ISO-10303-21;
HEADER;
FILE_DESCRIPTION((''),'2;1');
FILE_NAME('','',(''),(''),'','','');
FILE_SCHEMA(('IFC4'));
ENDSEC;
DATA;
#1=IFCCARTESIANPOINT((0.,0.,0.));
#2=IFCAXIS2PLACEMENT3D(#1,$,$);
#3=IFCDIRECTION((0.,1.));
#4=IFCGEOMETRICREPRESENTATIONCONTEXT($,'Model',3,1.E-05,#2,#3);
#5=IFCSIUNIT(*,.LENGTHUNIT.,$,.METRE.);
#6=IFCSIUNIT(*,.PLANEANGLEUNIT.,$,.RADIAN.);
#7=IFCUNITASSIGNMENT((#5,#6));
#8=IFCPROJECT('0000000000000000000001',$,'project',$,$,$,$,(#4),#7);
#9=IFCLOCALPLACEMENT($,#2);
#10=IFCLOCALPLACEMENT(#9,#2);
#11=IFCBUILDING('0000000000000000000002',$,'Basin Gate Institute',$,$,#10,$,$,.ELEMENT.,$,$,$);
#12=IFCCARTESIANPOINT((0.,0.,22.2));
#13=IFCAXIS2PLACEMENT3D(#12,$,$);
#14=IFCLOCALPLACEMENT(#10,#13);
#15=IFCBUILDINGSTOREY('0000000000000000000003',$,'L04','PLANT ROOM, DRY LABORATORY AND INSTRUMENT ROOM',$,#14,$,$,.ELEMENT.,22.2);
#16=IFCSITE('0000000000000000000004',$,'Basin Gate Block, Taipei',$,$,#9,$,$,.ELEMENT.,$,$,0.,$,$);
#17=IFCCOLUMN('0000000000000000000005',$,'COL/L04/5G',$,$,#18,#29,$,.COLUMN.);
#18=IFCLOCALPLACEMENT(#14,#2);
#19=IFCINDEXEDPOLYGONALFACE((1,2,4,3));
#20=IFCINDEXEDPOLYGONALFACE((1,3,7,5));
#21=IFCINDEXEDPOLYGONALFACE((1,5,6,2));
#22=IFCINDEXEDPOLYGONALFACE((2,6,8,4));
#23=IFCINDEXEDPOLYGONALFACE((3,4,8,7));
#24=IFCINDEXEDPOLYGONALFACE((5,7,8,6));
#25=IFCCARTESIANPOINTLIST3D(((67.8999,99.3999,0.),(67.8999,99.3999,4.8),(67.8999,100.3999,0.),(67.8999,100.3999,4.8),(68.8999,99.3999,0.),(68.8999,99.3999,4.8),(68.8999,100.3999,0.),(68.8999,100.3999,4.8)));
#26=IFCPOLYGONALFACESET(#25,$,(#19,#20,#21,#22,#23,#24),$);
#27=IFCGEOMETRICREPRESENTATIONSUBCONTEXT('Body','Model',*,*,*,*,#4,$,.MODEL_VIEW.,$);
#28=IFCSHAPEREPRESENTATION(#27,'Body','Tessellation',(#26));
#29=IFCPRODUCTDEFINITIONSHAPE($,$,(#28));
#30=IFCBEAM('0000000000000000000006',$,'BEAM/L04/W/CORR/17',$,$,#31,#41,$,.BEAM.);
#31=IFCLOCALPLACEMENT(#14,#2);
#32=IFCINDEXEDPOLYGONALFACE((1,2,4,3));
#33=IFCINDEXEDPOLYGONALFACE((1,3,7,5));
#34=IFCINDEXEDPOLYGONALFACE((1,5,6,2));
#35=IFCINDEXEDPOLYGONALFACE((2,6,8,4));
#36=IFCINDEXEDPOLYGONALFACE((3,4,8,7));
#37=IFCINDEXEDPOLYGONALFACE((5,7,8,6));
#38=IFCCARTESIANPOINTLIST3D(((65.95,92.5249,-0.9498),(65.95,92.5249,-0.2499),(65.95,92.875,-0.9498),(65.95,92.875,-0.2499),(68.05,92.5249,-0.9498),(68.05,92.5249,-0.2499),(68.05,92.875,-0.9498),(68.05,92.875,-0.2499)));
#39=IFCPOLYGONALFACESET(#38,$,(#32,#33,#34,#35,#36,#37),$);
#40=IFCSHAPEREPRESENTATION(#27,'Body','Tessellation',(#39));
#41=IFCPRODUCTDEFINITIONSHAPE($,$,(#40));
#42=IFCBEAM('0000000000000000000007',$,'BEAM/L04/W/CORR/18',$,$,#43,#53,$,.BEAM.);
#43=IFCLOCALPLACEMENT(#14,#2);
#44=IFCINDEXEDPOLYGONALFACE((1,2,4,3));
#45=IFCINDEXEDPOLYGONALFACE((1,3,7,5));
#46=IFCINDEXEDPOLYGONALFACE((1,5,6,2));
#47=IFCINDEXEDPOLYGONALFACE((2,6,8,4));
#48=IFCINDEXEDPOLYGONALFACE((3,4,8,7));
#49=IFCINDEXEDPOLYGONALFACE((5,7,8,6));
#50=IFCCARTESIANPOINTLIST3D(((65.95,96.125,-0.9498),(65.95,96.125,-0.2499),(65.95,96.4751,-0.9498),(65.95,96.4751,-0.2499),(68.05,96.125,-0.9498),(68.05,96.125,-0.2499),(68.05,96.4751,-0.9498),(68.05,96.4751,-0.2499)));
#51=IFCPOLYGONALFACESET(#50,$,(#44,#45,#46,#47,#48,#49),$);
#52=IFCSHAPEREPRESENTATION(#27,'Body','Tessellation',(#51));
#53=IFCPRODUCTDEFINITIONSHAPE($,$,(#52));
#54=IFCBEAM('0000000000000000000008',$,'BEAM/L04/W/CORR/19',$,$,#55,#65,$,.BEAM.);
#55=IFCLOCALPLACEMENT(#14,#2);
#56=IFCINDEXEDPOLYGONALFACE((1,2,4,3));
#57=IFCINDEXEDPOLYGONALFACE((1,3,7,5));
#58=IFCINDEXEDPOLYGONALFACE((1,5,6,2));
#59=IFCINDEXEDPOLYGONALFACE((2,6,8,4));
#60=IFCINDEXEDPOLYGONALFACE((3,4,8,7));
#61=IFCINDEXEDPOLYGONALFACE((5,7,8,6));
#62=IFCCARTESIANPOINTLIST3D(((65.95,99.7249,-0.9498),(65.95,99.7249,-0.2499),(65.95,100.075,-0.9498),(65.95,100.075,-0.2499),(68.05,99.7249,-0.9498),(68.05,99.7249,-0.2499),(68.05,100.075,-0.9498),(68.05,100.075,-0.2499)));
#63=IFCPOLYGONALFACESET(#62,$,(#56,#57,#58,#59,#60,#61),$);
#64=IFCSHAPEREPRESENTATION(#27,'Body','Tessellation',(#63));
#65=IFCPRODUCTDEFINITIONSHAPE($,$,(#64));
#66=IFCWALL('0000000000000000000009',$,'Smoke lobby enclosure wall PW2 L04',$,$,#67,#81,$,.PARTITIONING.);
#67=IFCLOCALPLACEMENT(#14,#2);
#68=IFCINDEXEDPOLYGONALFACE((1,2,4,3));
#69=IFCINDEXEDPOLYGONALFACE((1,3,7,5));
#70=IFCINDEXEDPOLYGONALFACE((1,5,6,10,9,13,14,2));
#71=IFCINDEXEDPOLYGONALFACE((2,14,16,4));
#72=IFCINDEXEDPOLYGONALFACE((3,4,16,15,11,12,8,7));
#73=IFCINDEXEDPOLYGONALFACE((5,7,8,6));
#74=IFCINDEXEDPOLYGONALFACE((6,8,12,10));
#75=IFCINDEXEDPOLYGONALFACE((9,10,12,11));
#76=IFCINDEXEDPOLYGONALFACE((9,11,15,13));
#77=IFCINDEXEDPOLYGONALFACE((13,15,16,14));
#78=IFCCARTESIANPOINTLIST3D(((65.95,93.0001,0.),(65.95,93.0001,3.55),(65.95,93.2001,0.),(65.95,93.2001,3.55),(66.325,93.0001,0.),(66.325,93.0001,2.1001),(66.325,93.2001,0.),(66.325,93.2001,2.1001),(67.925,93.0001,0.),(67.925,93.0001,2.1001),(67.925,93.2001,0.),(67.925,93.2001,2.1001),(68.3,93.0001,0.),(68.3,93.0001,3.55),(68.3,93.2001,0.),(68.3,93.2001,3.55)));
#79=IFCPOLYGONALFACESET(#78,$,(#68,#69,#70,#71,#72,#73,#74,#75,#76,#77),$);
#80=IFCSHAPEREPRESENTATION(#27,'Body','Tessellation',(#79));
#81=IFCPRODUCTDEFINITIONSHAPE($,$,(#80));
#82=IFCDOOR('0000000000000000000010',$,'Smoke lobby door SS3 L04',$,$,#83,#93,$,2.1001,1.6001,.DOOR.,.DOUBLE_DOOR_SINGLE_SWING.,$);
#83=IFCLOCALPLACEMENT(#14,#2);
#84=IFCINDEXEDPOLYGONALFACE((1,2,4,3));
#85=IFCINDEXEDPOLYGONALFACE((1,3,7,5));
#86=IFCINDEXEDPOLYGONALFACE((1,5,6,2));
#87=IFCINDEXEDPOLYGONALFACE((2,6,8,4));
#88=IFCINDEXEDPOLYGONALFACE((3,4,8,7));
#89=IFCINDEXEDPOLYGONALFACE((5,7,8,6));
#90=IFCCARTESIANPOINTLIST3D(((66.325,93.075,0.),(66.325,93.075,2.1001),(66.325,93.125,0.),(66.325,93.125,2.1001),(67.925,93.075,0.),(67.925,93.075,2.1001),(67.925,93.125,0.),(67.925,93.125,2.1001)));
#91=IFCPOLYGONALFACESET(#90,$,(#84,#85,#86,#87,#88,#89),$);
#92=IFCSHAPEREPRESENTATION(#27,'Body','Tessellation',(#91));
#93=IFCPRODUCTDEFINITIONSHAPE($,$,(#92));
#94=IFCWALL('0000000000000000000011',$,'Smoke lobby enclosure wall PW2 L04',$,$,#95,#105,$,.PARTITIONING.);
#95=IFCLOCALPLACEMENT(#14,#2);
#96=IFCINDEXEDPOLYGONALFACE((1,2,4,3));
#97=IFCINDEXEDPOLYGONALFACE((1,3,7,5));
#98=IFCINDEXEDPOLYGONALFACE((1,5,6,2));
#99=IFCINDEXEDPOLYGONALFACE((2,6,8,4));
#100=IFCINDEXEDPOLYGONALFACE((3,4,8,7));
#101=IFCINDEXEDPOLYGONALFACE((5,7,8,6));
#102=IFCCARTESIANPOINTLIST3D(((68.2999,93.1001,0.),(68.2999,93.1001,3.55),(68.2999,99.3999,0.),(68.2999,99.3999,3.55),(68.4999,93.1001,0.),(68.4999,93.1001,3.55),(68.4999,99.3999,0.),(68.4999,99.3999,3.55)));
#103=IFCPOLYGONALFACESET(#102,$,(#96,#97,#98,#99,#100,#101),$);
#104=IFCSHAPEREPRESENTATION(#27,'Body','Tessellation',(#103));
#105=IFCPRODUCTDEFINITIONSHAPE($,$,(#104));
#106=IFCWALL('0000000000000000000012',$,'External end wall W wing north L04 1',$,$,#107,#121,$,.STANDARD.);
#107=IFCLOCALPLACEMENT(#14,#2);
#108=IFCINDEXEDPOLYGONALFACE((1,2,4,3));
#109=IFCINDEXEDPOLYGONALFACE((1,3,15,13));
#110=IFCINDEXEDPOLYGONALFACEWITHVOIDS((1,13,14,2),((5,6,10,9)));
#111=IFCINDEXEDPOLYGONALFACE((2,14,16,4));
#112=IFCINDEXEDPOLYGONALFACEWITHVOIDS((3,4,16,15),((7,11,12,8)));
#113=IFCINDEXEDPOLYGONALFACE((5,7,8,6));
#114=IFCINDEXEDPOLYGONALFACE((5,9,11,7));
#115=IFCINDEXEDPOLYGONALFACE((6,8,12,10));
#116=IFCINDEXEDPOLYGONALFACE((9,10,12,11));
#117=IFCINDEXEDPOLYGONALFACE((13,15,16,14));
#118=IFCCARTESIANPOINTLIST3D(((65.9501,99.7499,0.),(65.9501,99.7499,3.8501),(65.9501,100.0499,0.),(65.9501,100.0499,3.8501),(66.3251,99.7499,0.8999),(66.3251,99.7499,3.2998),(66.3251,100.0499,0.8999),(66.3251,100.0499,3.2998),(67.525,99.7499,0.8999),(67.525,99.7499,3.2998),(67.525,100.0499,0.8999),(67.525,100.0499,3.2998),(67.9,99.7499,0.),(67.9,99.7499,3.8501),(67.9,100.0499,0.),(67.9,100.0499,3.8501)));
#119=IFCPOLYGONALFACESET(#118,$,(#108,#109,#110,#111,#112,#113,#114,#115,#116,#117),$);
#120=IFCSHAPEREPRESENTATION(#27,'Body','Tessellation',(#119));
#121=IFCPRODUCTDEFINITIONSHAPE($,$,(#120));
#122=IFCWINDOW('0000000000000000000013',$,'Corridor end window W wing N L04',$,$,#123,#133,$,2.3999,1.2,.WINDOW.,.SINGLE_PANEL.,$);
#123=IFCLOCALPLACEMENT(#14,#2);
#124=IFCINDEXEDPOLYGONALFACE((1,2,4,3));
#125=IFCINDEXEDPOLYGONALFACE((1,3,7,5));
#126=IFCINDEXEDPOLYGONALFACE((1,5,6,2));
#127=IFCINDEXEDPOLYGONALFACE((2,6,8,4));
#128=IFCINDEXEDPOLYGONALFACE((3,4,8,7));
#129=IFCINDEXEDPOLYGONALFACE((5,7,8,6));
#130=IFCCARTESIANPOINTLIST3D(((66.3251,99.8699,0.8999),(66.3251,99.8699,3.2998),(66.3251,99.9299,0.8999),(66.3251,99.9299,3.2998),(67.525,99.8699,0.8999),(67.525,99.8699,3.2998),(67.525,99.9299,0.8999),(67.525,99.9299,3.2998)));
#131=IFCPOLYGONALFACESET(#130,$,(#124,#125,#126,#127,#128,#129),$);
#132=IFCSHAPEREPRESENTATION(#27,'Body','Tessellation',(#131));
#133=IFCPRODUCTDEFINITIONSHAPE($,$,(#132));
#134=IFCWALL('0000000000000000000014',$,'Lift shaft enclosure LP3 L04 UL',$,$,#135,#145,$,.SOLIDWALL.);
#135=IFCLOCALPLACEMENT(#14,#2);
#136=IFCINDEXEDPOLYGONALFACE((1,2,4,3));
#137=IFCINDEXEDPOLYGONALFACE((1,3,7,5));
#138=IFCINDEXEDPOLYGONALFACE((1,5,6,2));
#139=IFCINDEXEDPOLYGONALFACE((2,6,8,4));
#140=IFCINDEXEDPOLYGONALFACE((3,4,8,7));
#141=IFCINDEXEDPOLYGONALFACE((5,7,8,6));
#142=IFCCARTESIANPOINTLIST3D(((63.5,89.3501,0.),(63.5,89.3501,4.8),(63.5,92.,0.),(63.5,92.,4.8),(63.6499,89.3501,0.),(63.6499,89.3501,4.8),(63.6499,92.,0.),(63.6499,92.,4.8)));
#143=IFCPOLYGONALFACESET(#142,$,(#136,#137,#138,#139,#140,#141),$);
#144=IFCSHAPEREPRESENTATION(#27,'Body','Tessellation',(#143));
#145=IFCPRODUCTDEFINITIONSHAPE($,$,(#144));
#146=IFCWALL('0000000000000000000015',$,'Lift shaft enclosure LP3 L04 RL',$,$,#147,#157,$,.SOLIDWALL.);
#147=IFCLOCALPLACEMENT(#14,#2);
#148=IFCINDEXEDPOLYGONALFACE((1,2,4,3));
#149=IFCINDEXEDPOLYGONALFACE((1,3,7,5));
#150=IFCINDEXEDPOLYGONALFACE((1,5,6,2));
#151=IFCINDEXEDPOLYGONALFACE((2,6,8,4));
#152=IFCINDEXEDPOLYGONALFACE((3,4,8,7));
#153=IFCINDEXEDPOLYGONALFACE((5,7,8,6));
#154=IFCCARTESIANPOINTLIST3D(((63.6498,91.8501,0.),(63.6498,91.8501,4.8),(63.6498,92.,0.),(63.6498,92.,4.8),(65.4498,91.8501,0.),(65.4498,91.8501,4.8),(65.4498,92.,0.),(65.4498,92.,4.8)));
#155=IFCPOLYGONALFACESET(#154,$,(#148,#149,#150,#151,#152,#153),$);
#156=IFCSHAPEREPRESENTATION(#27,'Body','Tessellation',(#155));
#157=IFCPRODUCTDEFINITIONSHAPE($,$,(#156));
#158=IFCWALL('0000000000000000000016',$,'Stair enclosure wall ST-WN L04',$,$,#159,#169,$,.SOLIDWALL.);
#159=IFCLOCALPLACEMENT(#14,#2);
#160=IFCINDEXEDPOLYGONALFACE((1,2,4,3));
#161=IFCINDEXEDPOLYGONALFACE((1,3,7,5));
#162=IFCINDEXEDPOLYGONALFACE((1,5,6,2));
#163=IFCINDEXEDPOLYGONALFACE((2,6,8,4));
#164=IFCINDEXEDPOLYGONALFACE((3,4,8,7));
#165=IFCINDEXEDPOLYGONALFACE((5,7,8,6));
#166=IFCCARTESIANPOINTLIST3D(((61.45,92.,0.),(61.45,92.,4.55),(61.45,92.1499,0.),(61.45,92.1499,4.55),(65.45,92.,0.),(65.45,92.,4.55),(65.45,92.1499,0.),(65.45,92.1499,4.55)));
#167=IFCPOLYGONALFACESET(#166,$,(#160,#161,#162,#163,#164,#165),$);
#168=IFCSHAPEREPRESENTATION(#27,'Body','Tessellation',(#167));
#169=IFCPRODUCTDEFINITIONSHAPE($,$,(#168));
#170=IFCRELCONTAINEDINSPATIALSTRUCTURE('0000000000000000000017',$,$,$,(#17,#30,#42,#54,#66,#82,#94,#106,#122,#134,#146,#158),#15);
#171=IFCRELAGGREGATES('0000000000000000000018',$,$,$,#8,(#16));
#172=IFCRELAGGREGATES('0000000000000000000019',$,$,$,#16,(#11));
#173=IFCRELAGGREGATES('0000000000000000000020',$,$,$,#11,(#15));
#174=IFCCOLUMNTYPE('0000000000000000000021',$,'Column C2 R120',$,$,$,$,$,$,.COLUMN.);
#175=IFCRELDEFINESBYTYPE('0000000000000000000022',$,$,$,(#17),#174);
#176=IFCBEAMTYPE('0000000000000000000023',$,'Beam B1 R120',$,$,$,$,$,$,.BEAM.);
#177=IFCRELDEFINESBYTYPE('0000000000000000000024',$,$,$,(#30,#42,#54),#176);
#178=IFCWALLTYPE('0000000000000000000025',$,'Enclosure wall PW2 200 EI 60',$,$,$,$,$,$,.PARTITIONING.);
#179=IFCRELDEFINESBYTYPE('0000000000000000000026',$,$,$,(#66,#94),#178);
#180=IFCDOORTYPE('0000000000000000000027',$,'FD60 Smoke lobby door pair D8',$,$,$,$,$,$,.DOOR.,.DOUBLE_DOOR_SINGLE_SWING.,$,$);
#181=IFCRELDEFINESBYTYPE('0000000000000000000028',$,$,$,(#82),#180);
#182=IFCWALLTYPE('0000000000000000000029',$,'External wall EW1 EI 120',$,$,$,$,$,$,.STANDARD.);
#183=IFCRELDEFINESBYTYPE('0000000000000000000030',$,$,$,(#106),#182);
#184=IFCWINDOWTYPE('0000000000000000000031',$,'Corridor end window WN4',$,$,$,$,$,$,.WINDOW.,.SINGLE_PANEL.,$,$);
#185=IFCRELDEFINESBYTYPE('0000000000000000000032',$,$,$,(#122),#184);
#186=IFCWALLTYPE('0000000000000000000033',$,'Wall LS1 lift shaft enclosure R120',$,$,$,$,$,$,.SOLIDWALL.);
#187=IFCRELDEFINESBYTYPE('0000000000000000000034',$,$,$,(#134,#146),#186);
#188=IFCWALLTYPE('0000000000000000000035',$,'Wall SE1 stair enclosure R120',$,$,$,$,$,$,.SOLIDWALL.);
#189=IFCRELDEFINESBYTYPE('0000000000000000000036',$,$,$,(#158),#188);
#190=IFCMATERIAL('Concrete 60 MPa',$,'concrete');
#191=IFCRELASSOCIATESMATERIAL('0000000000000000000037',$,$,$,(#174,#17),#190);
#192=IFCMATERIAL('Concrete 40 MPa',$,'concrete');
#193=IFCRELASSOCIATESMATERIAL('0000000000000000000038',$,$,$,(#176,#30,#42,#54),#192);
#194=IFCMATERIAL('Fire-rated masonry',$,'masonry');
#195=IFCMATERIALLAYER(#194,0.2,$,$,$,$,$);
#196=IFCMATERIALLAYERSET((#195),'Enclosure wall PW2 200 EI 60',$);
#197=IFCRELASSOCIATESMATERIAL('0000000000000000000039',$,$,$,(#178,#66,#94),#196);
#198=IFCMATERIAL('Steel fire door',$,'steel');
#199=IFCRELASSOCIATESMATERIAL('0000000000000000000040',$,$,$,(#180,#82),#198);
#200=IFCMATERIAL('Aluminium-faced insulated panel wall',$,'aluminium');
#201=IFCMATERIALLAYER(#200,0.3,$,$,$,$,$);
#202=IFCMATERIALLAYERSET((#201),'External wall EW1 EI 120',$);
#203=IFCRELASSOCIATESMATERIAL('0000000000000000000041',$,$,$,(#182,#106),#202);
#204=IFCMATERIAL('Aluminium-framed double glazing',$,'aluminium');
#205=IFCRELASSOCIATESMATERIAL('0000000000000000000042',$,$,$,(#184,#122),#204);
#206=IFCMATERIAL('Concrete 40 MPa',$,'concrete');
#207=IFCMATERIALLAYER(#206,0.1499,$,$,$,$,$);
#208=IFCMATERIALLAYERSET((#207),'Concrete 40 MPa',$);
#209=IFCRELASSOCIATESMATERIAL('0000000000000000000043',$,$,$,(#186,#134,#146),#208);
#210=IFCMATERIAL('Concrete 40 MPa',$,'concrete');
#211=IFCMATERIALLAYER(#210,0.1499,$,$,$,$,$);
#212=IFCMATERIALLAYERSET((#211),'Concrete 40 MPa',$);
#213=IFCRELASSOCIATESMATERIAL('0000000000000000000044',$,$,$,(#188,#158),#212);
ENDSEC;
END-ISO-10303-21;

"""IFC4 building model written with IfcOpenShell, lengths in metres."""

from ifc_helpers import new_model, si_unit, direction, frame, frame_2d, origin, origin_2d, place, context, subcontext, project, spatial, rectangle, extrude, material, layer, layer_set, material_profile, profile_set, type_object, element, fill, save


model = new_model("IFC4")

# Units and contexts
model_context = context("Model", 3, precision=1e-05, world=origin(), true_north=direction((0.0, 1.0)))
body_context = subcontext(model_context, "Body", "Model", "MODEL_VIEW")
ifc_project = project(units=[si_unit("LENGTHUNIT", "METRE"), si_unit("PLANEANGLEUNIT", "RADIAN")], contexts=[model_context])

# Site, building, storey
site_placement = place(None, origin())
site = spatial("IfcSite", under=ifc_project, at=site_placement, Name="Basin Gate Block, Taipei", CompositionType="ELEMENT", RefElevation=0.0)
building_placement = place(site_placement, origin())
building = spatial("IfcBuilding", under=site, at=building_placement, Name="Basin Gate Institute", CompositionType="ELEMENT")
storey_placement = place(building_placement, frame((0.0, 0.0, 22.2)))
storey = spatial("IfcBuildingStorey", under=building, at=storey_placement, Name="L04", Description="PLANT ROOM, DRY LABORATORY AND INSTRUMENT ROOM", CompositionType="ELEMENT", Elevation=22.2)

# Column
ifc_material_1 = material(Name="Concrete 60 MPa", Category="concrete")
ifc_material_profile_1 = material_profile(ifc_material_1, rectangle(XDim=1.0, YDim=1.0, at=origin_2d()), Name="Column C2 1000 x 1000")
ifc_profile_set_1 = profile_set([ifc_material_profile_1], Name="Concrete 60 MPa")
column_type = type_object("IfcColumnType", Name="Column C2 R120", PredefinedType="COLUMN", material=ifc_profile_set_1)
column_placement = place(storey_placement, frame((68.3999, 99.8999, 0.0), z_axis=(0.0, 0.0, 1.0), x_axis=(1.0, 0.0, 0.0)))
element("IfcColumn", 1, at=column_placement, inside=storey, type_object=column_type, material=ifc_profile_set_1, Name="COL/L04/5G", PredefinedType="COLUMN", context=body_context, shape_type="SweptSolid", body=[
    extrude(rectangle(XDim=1.0, YDim=1.0, at=origin_2d()), origin(), (0.0, 0.0, 1.0), 4.8),
])

# Beams
ifc_material_2 = material(Name="Concrete 40 MPa", Category="concrete")
ifc_material_profile_2 = material_profile(ifc_material_2, rectangle(XDim=0.3501, YDim=0.7, at=origin_2d()), Name="Beam B1 350 x 700")
ifc_profile_set_2 = profile_set([ifc_material_profile_2], Name="Concrete 40 MPa")
beam_type = type_object("IfcBeamType", Name="Beam B1 R120", PredefinedType="BEAM", material=ifc_profile_set_2)
for number, where, z_axis, x_axis, name in (
    (2, (65.95, 92.7, -0.5999), (1.0, 0.0, 0.0), (0.0, 1.0, 0.0), "BEAM/L04/W/CORR/17"),
    (3, (65.95, 96.3, -0.5999), (1.0, 0.0, 0.0), (0.0, 1.0, 0.0), "BEAM/L04/W/CORR/18"),
    (4, (65.95, 99.8999, -0.5999), (1.0, 0.0, 0.0), (0.0, 1.0, 0.0), "BEAM/L04/W/CORR/19"),
):
    element("IfcBeam", number, at=place(storey_placement, frame(where, z_axis=z_axis, x_axis=x_axis)), inside=storey, type_object=beam_type, material=ifc_profile_set_2, Name=name, PredefinedType="BEAM", context=body_context, shape_type="SweptSolid", body=[
        extrude(rectangle(XDim=0.3501, YDim=0.7, at=origin_2d()), origin(), (0.0, 0.0, 1.0), 2.1001),
    ])

# Wall, opening, door
ifc_material_3 = material(Name="Fire-rated masonry", Category="masonry")
ifc_layer_1 = layer(ifc_material_3, 0.2)
ifc_layer_set_1 = layer_set([ifc_layer_1], Name="Enclosure wall PW2 200 EI 60")
wall_type_1 = type_object("IfcWallType", Name="Enclosure wall PW2 200 EI 60", PredefinedType="PARTITIONING", material=ifc_layer_set_1)
wall_1_placement = place(storey_placement, frame((65.95, 93.1001, 0.0), z_axis=(0.0, 0.0, 1.0), x_axis=(1.0, 0.0, 0.0)))
wall_1 = element("IfcWall", 5, at=wall_1_placement, inside=storey, type_object=wall_type_1, material=ifc_layer_set_1, Name="Smoke lobby enclosure wall PW2 L04", PredefinedType="PARTITIONING", context=body_context, shape_type="SweptSolid", body=[
    extrude(rectangle(XDim=2.3501, YDim=0.2, at=frame_2d((1.175, 0.0))), origin(), (0.0, 0.0, 1.0), 3.55),
])
opening_1_placement = place(wall_1_placement, frame((0.375, 0.0, 0.0)))
opening_1 = element("IfcOpeningElement", 6, at=opening_1_placement, cuts=wall_1, PredefinedType="OPENING", context=body_context, shape_type="SweptSolid", body=[
    extrude(rectangle(XDim=1.6001, YDim=2.1001, at=frame_2d((0.8, 1.05))), frame((0.0, 0.1099, 0.0), z_axis=(0.0, -1.0, 0.0), x_axis=(1.0, 0.0, 0.0)), (0.0, 0.0, 1.0), 0.22),
])
ifc_material_4 = material(Name="Steel fire door", Category="steel")
door_type = type_object("IfcDoorType", Name="FD60 Smoke lobby door pair D8", OperationType="DOUBLE_DOOR_SINGLE_SWING", PredefinedType="DOOR", material=ifc_material_4)
door_placement = place(opening_1_placement, origin())
door = element("IfcDoor", 7, at=door_placement, inside=storey, type_object=door_type, material=ifc_material_4, Name="Smoke lobby door SS3 L04", OperationType="DOUBLE_DOOR_SINGLE_SWING", OverallHeight=2.1001, OverallWidth=1.6001, PredefinedType="DOOR", context=body_context, shape_type="SweptSolid", body=[
    extrude(rectangle(XDim=1.6001, YDim=2.1001, at=frame_2d((0.8, 1.05))), frame((0.0, 0.0249, 0.0), z_axis=(0.0, -1.0, 0.0), x_axis=(1.0, 0.0, 0.0)), (0.0, 0.0, 1.0), 0.05),
])
fill(opening_1, door)

# Wall
wall_2_placement = place(storey_placement, frame((68.3999, 93.1001, 0.0), z_axis=(0.0, 0.0, 1.0), x_axis=(0.0, 1.0, 0.0)))
element("IfcWall", 8, at=wall_2_placement, inside=storey, type_object=wall_type_1, material=ifc_layer_set_1, Name="Smoke lobby enclosure wall PW2 L04", PredefinedType="PARTITIONING", context=body_context, shape_type="SweptSolid", body=[
    extrude(rectangle(XDim=6.2998, YDim=0.2, at=frame_2d((3.1499, 0.0))), origin(), (0.0, 0.0, 1.0), 3.55),
])

# Wall, opening, window
ifc_material_5 = material(Name="Aluminium-faced insulated panel wall", Category="aluminium")
ifc_layer_2 = layer(ifc_material_5, 0.3)
ifc_layer_set_2 = layer_set([ifc_layer_2], Name="External wall EW1 EI 120")
wall_type_2 = type_object("IfcWallType", Name="External wall EW1 EI 120", PredefinedType="STANDARD", material=ifc_layer_set_2)
wall_3_placement = place(storey_placement, frame((65.95, 99.8999, 0.0), z_axis=(0.0, 0.0, 1.0), x_axis=(1.0, 0.0, 0.0)))
wall_3 = element("IfcWall", 9, at=wall_3_placement, inside=storey, type_object=wall_type_2, material=ifc_layer_set_2, Name="External end wall W wing north L04 1", PredefinedType="STANDARD", context=body_context, shape_type="SweptSolid", body=[
    extrude(rectangle(XDim=1.95, YDim=0.3, at=frame_2d((0.9751, 0.0))), origin(), (0.0, 0.0, 1.0), 3.8501),
])
opening_2_placement = place(wall_3_placement, frame((0.375, 0.0, 0.8999)))
opening_2 = element("IfcOpeningElement", 10, at=opening_2_placement, cuts=wall_3, PredefinedType="OPENING", context=body_context, shape_type="SweptSolid", body=[
    extrude(rectangle(XDim=1.2, YDim=2.3999, at=frame_2d((0.6001, 1.2))), frame((0.0, 0.1602, 0.0), z_axis=(0.0, -1.0, 0.0), x_axis=(1.0, 0.0, 0.0)), (0.0, 0.0, 1.0), 0.3201),
])
ifc_material_6 = material(Name="Aluminium-framed double glazing", Category="aluminium")
window_type_1 = type_object("IfcWindowType", Name="Corridor end window WN4", PartitioningType="SINGLE_PANEL", PredefinedType="WINDOW", material=ifc_material_6)
window_1_placement = place(opening_2_placement, origin())
window_1 = element("IfcWindow", 11, at=window_1_placement, inside=storey, type_object=window_type_1, material=ifc_material_6, Name="Corridor end window W wing N L04", OverallHeight=2.3999, OverallWidth=1.2, PartitioningType="SINGLE_PANEL", PredefinedType="WINDOW", context=body_context, shape_type="SweptSolid", body=[
    extrude(rectangle(XDim=1.2, YDim=2.3999, at=frame_2d((0.6001, 1.2))), frame((0.0, 0.03, 0.0), z_axis=(0.0, -1.0, 0.0), x_axis=(1.0, 0.0, 0.0)), (0.0, 0.0, 1.0), 0.0601),
])
fill(opening_2, window_1)

# Walls
ifc_material_7 = material(Name="Concrete 40 MPa", Category="concrete")
ifc_layer_3 = layer(ifc_material_7, 0.1499)
ifc_layer_set_3 = layer_set([ifc_layer_3], Name="Concrete 40 MPa")
wall_type_3 = type_object("IfcWallType", Name="Wall LS1 lift shaft enclosure R120", PredefinedType="SOLIDWALL", material=ifc_layer_set_3)
wall_4_placement = place(storey_placement, frame((63.575, 92.0, 0.0), z_axis=(0.0, 0.0, 1.0), x_axis=(0.0, -1.0, 0.0)))
element("IfcWall", 12, at=wall_4_placement, inside=storey, type_object=wall_type_3, material=ifc_layer_set_3, Name="Lift shaft enclosure LP3 L04 UL", PredefinedType="SOLIDWALL", context=body_context, shape_type="SweptSolid", body=[
    extrude(rectangle(XDim=2.6499, YDim=0.1499, at=frame_2d((1.325, 0.0))), origin(), (0.0, 0.0, 1.0), 4.8),
])
wall_5_placement = place(storey_placement, frame((63.6499, 91.925, 0.0), z_axis=(0.0, 0.0, 1.0), x_axis=(1.0, 0.0, 0.0)))
element("IfcWall", 13, at=wall_5_placement, inside=storey, type_object=wall_type_3, material=ifc_layer_set_3, Name="Lift shaft enclosure LP3 L04 RL", PredefinedType="SOLIDWALL", context=body_context, shape_type="SweptSolid", body=[
    extrude(rectangle(XDim=1.8, YDim=0.1499, at=frame_2d((0.8999, 0.0))), origin(), (0.0, 0.0, 1.0), 4.8),
])
ifc_material_8 = material(Name="Concrete 40 MPa", Category="concrete")
ifc_layer_4 = layer(ifc_material_8, 0.1499)
ifc_layer_set_4 = layer_set([ifc_layer_4], Name="Concrete 40 MPa")
wall_type_4 = type_object("IfcWallType", Name="Wall SE1 stair enclosure R120", PredefinedType="SOLIDWALL", material=ifc_layer_set_4)
wall_6_placement = place(storey_placement, frame((61.45, 92.075, 0.0), z_axis=(0.0, 0.0, 1.0), x_axis=(1.0, 0.0, 0.0)))
element("IfcWall", 14, at=wall_6_placement, inside=storey, type_object=wall_type_4, material=ifc_layer_set_4, Name="Stair enclosure wall ST-WN L04", PredefinedType="SOLIDWALL", context=body_context, shape_type="SweptSolid", body=[
    extrude(rectangle(XDim=4.0, YDim=0.1499, at=frame_2d((2.0, 0.0))), origin(), (0.0, 0.0, 1.0), 4.55),
])

save(model, "model.ifc")
